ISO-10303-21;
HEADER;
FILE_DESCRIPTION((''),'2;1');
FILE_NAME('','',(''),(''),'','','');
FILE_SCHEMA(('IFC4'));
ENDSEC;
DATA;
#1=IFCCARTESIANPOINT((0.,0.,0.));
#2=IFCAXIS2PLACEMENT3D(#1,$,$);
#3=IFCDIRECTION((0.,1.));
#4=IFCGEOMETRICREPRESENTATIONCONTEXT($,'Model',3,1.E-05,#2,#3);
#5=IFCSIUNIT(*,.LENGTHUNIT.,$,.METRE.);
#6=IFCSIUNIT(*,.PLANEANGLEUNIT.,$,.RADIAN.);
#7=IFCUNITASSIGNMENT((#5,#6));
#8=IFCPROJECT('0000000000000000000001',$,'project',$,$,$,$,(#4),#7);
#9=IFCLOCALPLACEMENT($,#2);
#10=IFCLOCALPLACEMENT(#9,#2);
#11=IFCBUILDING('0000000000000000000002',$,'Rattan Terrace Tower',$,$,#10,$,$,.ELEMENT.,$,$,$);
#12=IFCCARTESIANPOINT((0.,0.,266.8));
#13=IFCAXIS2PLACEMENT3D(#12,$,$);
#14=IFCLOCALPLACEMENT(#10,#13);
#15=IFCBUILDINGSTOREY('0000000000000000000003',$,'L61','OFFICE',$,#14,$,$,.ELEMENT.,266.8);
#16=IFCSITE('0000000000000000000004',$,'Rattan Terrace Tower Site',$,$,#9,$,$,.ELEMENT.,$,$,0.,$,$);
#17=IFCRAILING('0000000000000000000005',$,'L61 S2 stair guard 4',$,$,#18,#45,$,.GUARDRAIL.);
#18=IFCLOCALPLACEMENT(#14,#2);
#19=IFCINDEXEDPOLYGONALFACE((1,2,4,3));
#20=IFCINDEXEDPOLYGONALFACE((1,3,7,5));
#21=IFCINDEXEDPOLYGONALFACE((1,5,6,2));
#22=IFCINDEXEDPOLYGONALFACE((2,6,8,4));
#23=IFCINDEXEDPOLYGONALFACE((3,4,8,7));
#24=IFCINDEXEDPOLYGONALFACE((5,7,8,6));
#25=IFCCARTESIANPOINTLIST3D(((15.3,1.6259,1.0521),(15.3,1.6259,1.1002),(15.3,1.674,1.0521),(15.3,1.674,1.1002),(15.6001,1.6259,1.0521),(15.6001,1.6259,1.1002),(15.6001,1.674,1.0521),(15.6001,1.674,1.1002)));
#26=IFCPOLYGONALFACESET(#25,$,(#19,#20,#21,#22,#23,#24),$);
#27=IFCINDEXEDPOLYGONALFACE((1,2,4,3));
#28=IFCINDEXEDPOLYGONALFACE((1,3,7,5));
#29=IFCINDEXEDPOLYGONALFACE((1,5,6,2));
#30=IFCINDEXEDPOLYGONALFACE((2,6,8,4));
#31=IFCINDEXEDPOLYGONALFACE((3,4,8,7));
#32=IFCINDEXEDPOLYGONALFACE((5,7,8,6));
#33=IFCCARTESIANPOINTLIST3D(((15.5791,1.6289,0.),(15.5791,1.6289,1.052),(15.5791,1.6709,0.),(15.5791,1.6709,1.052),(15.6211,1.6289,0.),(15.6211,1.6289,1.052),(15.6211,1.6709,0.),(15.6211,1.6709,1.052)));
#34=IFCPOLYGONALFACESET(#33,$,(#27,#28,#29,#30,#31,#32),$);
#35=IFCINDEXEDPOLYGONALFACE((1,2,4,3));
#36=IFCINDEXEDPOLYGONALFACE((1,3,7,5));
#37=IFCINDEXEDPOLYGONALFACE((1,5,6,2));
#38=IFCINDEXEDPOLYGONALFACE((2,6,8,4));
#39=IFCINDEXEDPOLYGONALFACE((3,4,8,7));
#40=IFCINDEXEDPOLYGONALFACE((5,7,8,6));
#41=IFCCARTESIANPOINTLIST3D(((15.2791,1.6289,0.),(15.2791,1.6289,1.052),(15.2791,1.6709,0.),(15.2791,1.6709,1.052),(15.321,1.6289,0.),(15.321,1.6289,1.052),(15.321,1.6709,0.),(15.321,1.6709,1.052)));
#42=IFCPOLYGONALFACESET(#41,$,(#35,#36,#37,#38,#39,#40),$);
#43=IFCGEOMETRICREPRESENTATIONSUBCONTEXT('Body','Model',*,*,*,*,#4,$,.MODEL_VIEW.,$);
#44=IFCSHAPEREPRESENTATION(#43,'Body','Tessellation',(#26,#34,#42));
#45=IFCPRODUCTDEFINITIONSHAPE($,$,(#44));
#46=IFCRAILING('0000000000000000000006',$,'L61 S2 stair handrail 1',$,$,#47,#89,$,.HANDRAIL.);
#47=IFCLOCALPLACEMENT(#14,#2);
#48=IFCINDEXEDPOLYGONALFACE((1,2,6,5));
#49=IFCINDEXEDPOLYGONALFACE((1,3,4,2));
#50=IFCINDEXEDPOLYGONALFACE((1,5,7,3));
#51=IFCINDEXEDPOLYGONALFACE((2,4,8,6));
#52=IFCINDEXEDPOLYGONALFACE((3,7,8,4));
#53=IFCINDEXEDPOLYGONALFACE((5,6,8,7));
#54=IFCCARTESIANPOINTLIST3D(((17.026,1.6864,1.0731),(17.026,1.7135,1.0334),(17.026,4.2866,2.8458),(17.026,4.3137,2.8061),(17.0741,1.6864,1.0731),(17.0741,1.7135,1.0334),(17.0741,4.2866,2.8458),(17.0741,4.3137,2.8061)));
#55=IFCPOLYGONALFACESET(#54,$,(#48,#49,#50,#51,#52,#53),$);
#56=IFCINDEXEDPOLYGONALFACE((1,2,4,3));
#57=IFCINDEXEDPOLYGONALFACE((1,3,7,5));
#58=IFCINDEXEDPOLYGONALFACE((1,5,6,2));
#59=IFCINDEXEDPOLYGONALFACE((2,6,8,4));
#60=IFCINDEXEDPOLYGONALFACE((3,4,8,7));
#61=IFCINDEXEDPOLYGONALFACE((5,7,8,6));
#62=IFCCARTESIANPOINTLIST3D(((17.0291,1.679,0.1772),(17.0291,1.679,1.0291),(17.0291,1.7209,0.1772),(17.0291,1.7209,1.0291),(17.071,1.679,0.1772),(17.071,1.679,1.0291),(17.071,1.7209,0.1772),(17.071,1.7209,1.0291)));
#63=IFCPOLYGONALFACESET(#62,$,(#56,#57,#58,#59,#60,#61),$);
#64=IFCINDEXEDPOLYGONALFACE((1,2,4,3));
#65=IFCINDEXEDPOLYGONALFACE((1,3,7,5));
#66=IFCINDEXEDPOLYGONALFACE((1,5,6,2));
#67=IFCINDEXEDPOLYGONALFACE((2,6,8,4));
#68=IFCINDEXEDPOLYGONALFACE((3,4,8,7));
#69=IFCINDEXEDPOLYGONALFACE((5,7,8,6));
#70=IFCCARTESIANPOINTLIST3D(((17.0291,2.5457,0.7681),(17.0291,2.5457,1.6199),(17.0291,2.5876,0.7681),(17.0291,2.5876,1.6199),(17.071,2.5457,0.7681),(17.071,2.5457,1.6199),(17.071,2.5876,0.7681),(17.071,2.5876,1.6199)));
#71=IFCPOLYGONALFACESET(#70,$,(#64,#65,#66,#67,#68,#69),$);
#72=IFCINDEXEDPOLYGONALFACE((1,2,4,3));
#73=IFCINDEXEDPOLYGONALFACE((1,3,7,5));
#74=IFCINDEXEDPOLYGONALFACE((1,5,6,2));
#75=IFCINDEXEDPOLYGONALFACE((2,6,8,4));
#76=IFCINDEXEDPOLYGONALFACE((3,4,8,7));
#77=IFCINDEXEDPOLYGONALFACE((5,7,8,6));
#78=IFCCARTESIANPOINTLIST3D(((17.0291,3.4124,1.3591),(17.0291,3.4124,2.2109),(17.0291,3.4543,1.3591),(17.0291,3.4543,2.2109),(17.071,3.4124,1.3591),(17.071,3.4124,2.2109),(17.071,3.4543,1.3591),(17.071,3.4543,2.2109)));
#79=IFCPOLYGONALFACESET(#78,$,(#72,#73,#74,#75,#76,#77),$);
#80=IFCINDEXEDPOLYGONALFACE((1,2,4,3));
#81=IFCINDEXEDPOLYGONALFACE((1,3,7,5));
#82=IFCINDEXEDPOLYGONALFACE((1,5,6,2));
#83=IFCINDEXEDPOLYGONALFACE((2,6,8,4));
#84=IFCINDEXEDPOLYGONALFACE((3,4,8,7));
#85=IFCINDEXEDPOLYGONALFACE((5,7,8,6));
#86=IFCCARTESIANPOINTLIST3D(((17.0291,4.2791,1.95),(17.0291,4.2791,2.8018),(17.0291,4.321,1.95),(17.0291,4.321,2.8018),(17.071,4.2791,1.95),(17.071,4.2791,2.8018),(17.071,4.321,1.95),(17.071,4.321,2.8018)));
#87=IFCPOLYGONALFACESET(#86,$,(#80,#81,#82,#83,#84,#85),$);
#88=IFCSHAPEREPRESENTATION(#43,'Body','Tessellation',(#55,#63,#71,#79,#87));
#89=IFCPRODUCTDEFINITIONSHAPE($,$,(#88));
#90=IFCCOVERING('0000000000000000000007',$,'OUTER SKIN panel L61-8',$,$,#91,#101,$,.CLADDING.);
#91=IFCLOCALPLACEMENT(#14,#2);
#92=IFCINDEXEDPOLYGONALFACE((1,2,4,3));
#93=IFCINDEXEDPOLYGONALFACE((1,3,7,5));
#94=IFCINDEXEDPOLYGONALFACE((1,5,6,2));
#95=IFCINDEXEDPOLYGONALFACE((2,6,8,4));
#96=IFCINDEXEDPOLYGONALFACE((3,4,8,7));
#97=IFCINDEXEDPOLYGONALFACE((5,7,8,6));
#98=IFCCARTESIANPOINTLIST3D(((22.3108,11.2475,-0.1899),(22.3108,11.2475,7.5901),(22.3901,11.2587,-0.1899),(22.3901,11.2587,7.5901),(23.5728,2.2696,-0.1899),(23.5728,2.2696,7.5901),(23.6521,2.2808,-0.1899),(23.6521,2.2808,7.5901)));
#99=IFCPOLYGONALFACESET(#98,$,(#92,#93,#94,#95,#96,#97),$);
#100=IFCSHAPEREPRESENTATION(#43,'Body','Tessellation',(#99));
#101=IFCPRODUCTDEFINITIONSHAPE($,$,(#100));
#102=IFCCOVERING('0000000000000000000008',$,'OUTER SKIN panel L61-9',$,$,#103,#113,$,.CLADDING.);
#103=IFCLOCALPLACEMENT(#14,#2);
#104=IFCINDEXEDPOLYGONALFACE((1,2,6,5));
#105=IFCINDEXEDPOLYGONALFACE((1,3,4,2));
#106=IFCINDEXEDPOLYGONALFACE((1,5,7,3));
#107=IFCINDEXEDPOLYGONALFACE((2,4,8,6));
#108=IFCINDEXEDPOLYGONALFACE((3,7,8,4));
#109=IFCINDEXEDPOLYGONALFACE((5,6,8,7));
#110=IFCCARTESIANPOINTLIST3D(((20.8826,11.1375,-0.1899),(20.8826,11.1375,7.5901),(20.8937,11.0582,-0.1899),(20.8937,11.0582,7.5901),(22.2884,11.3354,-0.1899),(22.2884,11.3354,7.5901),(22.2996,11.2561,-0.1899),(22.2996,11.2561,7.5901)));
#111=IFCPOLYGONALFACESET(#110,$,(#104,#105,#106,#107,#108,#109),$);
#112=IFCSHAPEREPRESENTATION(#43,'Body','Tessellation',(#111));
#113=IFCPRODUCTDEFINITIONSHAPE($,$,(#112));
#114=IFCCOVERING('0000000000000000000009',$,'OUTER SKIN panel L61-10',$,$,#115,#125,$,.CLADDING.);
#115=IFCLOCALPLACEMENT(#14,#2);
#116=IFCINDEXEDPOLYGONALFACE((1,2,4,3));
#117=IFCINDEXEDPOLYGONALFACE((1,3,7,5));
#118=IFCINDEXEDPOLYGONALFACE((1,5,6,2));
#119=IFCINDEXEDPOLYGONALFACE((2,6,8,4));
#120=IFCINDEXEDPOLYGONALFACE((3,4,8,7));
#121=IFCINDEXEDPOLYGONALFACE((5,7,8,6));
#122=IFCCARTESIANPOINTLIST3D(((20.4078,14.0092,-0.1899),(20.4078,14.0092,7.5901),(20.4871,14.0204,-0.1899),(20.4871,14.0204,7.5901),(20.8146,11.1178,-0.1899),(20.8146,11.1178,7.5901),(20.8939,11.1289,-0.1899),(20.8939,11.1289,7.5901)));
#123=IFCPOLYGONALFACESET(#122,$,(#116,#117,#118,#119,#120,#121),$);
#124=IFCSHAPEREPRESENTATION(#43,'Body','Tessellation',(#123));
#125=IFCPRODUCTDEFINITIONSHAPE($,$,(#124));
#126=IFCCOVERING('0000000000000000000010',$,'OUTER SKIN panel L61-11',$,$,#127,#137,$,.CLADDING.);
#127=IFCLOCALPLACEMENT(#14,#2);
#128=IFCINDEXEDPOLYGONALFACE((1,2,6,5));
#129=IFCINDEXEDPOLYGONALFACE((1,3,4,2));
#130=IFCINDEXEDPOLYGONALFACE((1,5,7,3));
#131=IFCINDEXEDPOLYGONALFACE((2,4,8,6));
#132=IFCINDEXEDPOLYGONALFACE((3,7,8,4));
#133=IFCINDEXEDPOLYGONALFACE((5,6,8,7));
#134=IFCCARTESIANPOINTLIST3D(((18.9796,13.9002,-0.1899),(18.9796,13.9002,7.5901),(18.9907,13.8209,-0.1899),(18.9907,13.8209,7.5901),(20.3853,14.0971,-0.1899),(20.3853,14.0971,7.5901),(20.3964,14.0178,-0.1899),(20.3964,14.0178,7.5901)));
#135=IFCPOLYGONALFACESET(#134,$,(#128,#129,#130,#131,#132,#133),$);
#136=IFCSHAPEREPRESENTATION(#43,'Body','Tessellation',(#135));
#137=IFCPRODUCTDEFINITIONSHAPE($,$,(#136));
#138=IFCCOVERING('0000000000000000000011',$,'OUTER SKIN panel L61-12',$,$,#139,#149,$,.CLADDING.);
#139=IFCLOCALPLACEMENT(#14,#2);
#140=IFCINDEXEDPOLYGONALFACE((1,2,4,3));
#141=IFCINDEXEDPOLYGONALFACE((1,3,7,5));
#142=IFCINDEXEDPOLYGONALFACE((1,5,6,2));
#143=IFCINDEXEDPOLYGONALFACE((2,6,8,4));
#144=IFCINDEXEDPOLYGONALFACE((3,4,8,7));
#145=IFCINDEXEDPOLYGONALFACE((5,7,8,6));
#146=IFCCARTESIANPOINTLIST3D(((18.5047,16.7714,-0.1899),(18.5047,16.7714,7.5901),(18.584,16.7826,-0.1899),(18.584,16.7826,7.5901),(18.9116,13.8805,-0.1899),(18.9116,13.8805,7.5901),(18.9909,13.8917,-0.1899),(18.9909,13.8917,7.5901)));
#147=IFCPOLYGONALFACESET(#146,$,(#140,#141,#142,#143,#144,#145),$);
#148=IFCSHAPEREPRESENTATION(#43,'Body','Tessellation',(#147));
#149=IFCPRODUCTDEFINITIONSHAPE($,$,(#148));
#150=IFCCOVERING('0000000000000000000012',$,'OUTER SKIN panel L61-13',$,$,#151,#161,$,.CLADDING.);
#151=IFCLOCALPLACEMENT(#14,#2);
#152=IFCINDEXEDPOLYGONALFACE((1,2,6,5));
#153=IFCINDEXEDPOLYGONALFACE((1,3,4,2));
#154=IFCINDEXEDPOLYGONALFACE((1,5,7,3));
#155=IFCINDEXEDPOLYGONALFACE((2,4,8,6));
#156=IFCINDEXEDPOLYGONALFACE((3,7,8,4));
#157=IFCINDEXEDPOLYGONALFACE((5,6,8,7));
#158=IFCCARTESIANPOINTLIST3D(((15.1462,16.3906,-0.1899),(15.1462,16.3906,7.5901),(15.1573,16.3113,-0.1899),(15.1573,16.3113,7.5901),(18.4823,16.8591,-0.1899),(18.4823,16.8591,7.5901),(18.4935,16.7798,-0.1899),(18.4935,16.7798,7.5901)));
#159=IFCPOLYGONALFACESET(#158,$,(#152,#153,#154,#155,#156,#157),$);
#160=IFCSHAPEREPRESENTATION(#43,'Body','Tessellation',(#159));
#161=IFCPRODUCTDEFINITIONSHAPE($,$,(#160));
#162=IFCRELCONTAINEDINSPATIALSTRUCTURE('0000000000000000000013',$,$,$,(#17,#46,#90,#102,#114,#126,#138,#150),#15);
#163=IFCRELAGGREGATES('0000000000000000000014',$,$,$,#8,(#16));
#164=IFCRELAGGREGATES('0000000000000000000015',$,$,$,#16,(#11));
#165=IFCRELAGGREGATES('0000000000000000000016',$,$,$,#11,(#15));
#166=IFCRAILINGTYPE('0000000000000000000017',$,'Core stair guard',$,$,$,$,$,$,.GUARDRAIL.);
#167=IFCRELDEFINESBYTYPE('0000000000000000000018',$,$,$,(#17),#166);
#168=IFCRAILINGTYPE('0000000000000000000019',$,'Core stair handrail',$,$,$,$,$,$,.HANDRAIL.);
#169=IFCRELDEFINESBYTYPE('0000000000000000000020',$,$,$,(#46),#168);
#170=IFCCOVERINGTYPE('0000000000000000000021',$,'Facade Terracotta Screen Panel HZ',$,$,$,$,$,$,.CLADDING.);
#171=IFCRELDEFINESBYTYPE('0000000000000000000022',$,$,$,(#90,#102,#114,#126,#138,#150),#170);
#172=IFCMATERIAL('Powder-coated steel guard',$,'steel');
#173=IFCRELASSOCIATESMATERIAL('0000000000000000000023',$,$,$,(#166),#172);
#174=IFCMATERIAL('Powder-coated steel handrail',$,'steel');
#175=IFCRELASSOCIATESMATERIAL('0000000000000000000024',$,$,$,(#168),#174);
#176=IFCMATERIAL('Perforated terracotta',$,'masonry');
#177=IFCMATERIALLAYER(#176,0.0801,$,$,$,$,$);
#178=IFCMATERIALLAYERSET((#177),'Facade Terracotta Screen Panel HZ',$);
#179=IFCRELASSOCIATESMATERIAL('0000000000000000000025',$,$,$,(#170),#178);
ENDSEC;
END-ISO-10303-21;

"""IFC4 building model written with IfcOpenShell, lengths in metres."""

from ifc_helpers import new_model, si_unit, direction, frame, origin, origin_2d, place, context, subcontext, project, spatial, rectangle, extrude, material, layer, layer_set, type_object, element, save


model = new_model("IFC4")

# Units and contexts
model_context = context("Model", 3, precision=1e-05, world=origin(), true_north=direction((0.0, 1.0)))
body_context = subcontext(model_context, "Body", "Model", "MODEL_VIEW")
ifc_project = project(units=[si_unit("LENGTHUNIT", "METRE"), si_unit("PLANEANGLEUNIT", "RADIAN")], contexts=[model_context])

# Site, building, storey
site_placement = place(None, origin())
site = spatial("IfcSite", under=ifc_project, at=site_placement, Name="Rattan Terrace Tower Site", CompositionType="ELEMENT", RefElevation=0.0)
building_placement = place(site_placement, origin())
building = spatial("IfcBuilding", under=site, at=building_placement, Name="Rattan Terrace Tower", CompositionType="ELEMENT")
storey_placement = place(building_placement, frame((0.0, 0.0, 266.8)))
storey = spatial("IfcBuildingStorey", under=building, at=storey_placement, Name="L61", Description="OFFICE", CompositionType="ELEMENT", Elevation=266.8)

# Railings
ifc_material_1 = material(Name="Powder-coated steel guard", Category="steel")
railing_type_1 = type_object("IfcRailingType", Name="Core stair guard", PredefinedType="GUARDRAIL", material=ifc_material_1)
railing_1_placement = place(storey_placement, frame((15.6001, 1.6499, 0.0)))
element("IfcRailing", 1, at=railing_1_placement, inside=storey, type_object=railing_type_1, Name="L61 S2 stair guard 4", PredefinedType="GUARDRAIL", context=body_context, shape_type="SweptSolid", body=[
    extrude(rectangle(XDim=0.0481, YDim=0.0481, at=origin_2d()), frame((0.0, 0.0, 1.0762), z_axis=(-1.0, 0.0, 0.0), x_axis=(0.0, -1.0, 0.0)), (0.0, 0.0, 1.0), 0.3),
    extrude(rectangle(XDim=0.042, YDim=0.042, at=origin_2d()), origin(), (0.0, 0.0, 1.0), 1.052),
    extrude(rectangle(XDim=0.042, YDim=0.042, at=origin_2d()), frame((-0.3, 0.0, 0.0)), (0.0, 0.0, 1.0), 1.052),
])
ifc_material_2 = material(Name="Powder-coated steel handrail", Category="steel")
railing_type_2 = type_object("IfcRailingType", Name="Core stair handrail", PredefinedType="HANDRAIL", material=ifc_material_2)
railing_2_placement = place(storey_placement, frame((17.05, 1.7, 0.1772)))
element("IfcRailing", 2, at=railing_2_placement, inside=storey, type_object=railing_type_2, Name="L61 S2 stair handrail 1", PredefinedType="HANDRAIL", context=body_context, shape_type="SweptSolid", body=[
    extrude(rectangle(XDim=0.0481, YDim=0.0481, at=origin_2d()), frame((0.0, 0.0, 0.876), z_axis=(0.0, 0.82624, 0.563318), x_axis=(-1.0, 0.0, 0.0)), (0.0, 0.0, 1.0), 3.147),
    extrude(rectangle(XDim=0.042, YDim=0.042, at=origin_2d()), origin(), (0.0, 0.0, 1.0), 0.8518),
    extrude(rectangle(XDim=0.042, YDim=0.042, at=origin_2d()), frame((0.0, 0.8667, 0.5908)), (0.0, 0.0, 1.0), 0.8518),
    extrude(rectangle(XDim=0.042, YDim=0.042, at=origin_2d()), frame((0.0, 1.7334, 1.1819)), (0.0, 0.0, 1.0), 0.8518),
    extrude(rectangle(XDim=0.042, YDim=0.042, at=origin_2d()), frame((0.0, 2.6001, 1.7727)), (0.0, 0.0, 1.0), 0.8518),
])

# Coverings
ifc_material_3 = material(Name="Perforated terracotta", Category="masonry")
ifc_layer_1 = layer(ifc_material_3, 0.0801)
ifc_layer_set_1 = layer_set([ifc_layer_1], Name="Facade Terracotta Screen Panel HZ")
covering_type = type_object("IfcCoveringType", Name="Facade Terracotta Screen Panel HZ", PredefinedType="CLADDING", material=ifc_layer_set_1)
covering_1_placement = place(storey_placement, frame((22.9814, 6.7642, -0.1899), z_axis=(0.0, 0.0, 1.0), x_axis=(-0.139192, 0.990265, 0.0)))
element("IfcCovering", 3, at=covering_1_placement, inside=storey, type_object=covering_type, Name="OUTER SKIN panel L61-8", PredefinedType="CLADDING", context=body_context, shape_type="SweptSolid", body=[
    extrude(rectangle(XDim=9.0662, YDim=0.0801, at=origin_2d()), origin(), (0.0, 0.0, 1.0), 7.78),
])
covering_2_placement = place(storey_placement, frame((21.5911, 11.1968, -0.1899), z_axis=(0.0, 0.0, 1.0), x_axis=(-0.990241, -0.139367, 0.0)))
element("IfcCovering", 4, at=covering_2_placement, inside=storey, type_object=covering_type, Name="OUTER SKIN panel L61-9", PredefinedType="CLADDING", context=body_context, shape_type="SweptSolid", body=[
    extrude(rectangle(XDim=1.4197, YDim=0.0801, at=origin_2d()), origin(), (0.0, 0.0, 1.0), 7.78),
])
covering_3_placement = place(storey_placement, frame((20.6509, 12.5691, -0.1899), z_axis=(0.0, 0.0, 1.0), x_axis=(-0.139321, 0.990247, 0.0)))
element("IfcCovering", 5, at=covering_3_placement, inside=storey, type_object=covering_type, Name="OUTER SKIN panel L61-10", PredefinedType="CLADDING", context=body_context, shape_type="SweptSolid", body=[
    extrude(rectangle(XDim=2.9199, YDim=0.0801, at=origin_2d()), origin(), (0.0, 0.0, 1.0), 7.78),
])
covering_4_placement = place(storey_placement, frame((19.688, 13.959, -0.1899), z_axis=(0.0, 0.0, 1.0), x_axis=(-0.990333, -0.138713, 0.0)))
element("IfcCovering", 6, at=covering_4_placement, inside=storey, type_object=covering_type, Name="OUTER SKIN panel L61-11", PredefinedType="CLADDING", context=body_context, shape_type="SweptSolid", body=[
    extrude(rectangle(XDim=1.4194, YDim=0.0801, at=origin_2d()), origin(), (0.0, 0.0, 1.0), 7.78),
])
covering_5_placement = place(storey_placement, frame((18.7478, 15.3315, -0.1899), z_axis=(0.0, 0.0, 1.0), x_axis=(-0.139367, 0.990241, 0.0)))
element("IfcCovering", 7, at=covering_5_placement, inside=storey, type_object=covering_type, Name="OUTER SKIN panel L61-12", PredefinedType="CLADDING", context=body_context, shape_type="SweptSolid", body=[
    extrude(rectangle(XDim=2.9194, YDim=0.0801, at=origin_2d()), origin(), (0.0, 0.0, 1.0), 7.78),
])
covering_6_placement = place(storey_placement, frame((16.8198, 16.5852, -0.1899), z_axis=(0.0, 0.0, 1.0), x_axis=(-0.990287, -0.13904, 0.0)))
element("IfcCovering", 8, at=covering_6_placement, inside=storey, type_object=covering_type, Name="OUTER SKIN panel L61-13", PredefinedType="CLADDING", context=body_context, shape_type="SweptSolid", body=[
    extrude(rectangle(XDim=3.3689, YDim=0.0801, at=origin_2d()), origin(), (0.0, 0.0, 1.0), 7.78),
])

save(model, "model.ifc")
